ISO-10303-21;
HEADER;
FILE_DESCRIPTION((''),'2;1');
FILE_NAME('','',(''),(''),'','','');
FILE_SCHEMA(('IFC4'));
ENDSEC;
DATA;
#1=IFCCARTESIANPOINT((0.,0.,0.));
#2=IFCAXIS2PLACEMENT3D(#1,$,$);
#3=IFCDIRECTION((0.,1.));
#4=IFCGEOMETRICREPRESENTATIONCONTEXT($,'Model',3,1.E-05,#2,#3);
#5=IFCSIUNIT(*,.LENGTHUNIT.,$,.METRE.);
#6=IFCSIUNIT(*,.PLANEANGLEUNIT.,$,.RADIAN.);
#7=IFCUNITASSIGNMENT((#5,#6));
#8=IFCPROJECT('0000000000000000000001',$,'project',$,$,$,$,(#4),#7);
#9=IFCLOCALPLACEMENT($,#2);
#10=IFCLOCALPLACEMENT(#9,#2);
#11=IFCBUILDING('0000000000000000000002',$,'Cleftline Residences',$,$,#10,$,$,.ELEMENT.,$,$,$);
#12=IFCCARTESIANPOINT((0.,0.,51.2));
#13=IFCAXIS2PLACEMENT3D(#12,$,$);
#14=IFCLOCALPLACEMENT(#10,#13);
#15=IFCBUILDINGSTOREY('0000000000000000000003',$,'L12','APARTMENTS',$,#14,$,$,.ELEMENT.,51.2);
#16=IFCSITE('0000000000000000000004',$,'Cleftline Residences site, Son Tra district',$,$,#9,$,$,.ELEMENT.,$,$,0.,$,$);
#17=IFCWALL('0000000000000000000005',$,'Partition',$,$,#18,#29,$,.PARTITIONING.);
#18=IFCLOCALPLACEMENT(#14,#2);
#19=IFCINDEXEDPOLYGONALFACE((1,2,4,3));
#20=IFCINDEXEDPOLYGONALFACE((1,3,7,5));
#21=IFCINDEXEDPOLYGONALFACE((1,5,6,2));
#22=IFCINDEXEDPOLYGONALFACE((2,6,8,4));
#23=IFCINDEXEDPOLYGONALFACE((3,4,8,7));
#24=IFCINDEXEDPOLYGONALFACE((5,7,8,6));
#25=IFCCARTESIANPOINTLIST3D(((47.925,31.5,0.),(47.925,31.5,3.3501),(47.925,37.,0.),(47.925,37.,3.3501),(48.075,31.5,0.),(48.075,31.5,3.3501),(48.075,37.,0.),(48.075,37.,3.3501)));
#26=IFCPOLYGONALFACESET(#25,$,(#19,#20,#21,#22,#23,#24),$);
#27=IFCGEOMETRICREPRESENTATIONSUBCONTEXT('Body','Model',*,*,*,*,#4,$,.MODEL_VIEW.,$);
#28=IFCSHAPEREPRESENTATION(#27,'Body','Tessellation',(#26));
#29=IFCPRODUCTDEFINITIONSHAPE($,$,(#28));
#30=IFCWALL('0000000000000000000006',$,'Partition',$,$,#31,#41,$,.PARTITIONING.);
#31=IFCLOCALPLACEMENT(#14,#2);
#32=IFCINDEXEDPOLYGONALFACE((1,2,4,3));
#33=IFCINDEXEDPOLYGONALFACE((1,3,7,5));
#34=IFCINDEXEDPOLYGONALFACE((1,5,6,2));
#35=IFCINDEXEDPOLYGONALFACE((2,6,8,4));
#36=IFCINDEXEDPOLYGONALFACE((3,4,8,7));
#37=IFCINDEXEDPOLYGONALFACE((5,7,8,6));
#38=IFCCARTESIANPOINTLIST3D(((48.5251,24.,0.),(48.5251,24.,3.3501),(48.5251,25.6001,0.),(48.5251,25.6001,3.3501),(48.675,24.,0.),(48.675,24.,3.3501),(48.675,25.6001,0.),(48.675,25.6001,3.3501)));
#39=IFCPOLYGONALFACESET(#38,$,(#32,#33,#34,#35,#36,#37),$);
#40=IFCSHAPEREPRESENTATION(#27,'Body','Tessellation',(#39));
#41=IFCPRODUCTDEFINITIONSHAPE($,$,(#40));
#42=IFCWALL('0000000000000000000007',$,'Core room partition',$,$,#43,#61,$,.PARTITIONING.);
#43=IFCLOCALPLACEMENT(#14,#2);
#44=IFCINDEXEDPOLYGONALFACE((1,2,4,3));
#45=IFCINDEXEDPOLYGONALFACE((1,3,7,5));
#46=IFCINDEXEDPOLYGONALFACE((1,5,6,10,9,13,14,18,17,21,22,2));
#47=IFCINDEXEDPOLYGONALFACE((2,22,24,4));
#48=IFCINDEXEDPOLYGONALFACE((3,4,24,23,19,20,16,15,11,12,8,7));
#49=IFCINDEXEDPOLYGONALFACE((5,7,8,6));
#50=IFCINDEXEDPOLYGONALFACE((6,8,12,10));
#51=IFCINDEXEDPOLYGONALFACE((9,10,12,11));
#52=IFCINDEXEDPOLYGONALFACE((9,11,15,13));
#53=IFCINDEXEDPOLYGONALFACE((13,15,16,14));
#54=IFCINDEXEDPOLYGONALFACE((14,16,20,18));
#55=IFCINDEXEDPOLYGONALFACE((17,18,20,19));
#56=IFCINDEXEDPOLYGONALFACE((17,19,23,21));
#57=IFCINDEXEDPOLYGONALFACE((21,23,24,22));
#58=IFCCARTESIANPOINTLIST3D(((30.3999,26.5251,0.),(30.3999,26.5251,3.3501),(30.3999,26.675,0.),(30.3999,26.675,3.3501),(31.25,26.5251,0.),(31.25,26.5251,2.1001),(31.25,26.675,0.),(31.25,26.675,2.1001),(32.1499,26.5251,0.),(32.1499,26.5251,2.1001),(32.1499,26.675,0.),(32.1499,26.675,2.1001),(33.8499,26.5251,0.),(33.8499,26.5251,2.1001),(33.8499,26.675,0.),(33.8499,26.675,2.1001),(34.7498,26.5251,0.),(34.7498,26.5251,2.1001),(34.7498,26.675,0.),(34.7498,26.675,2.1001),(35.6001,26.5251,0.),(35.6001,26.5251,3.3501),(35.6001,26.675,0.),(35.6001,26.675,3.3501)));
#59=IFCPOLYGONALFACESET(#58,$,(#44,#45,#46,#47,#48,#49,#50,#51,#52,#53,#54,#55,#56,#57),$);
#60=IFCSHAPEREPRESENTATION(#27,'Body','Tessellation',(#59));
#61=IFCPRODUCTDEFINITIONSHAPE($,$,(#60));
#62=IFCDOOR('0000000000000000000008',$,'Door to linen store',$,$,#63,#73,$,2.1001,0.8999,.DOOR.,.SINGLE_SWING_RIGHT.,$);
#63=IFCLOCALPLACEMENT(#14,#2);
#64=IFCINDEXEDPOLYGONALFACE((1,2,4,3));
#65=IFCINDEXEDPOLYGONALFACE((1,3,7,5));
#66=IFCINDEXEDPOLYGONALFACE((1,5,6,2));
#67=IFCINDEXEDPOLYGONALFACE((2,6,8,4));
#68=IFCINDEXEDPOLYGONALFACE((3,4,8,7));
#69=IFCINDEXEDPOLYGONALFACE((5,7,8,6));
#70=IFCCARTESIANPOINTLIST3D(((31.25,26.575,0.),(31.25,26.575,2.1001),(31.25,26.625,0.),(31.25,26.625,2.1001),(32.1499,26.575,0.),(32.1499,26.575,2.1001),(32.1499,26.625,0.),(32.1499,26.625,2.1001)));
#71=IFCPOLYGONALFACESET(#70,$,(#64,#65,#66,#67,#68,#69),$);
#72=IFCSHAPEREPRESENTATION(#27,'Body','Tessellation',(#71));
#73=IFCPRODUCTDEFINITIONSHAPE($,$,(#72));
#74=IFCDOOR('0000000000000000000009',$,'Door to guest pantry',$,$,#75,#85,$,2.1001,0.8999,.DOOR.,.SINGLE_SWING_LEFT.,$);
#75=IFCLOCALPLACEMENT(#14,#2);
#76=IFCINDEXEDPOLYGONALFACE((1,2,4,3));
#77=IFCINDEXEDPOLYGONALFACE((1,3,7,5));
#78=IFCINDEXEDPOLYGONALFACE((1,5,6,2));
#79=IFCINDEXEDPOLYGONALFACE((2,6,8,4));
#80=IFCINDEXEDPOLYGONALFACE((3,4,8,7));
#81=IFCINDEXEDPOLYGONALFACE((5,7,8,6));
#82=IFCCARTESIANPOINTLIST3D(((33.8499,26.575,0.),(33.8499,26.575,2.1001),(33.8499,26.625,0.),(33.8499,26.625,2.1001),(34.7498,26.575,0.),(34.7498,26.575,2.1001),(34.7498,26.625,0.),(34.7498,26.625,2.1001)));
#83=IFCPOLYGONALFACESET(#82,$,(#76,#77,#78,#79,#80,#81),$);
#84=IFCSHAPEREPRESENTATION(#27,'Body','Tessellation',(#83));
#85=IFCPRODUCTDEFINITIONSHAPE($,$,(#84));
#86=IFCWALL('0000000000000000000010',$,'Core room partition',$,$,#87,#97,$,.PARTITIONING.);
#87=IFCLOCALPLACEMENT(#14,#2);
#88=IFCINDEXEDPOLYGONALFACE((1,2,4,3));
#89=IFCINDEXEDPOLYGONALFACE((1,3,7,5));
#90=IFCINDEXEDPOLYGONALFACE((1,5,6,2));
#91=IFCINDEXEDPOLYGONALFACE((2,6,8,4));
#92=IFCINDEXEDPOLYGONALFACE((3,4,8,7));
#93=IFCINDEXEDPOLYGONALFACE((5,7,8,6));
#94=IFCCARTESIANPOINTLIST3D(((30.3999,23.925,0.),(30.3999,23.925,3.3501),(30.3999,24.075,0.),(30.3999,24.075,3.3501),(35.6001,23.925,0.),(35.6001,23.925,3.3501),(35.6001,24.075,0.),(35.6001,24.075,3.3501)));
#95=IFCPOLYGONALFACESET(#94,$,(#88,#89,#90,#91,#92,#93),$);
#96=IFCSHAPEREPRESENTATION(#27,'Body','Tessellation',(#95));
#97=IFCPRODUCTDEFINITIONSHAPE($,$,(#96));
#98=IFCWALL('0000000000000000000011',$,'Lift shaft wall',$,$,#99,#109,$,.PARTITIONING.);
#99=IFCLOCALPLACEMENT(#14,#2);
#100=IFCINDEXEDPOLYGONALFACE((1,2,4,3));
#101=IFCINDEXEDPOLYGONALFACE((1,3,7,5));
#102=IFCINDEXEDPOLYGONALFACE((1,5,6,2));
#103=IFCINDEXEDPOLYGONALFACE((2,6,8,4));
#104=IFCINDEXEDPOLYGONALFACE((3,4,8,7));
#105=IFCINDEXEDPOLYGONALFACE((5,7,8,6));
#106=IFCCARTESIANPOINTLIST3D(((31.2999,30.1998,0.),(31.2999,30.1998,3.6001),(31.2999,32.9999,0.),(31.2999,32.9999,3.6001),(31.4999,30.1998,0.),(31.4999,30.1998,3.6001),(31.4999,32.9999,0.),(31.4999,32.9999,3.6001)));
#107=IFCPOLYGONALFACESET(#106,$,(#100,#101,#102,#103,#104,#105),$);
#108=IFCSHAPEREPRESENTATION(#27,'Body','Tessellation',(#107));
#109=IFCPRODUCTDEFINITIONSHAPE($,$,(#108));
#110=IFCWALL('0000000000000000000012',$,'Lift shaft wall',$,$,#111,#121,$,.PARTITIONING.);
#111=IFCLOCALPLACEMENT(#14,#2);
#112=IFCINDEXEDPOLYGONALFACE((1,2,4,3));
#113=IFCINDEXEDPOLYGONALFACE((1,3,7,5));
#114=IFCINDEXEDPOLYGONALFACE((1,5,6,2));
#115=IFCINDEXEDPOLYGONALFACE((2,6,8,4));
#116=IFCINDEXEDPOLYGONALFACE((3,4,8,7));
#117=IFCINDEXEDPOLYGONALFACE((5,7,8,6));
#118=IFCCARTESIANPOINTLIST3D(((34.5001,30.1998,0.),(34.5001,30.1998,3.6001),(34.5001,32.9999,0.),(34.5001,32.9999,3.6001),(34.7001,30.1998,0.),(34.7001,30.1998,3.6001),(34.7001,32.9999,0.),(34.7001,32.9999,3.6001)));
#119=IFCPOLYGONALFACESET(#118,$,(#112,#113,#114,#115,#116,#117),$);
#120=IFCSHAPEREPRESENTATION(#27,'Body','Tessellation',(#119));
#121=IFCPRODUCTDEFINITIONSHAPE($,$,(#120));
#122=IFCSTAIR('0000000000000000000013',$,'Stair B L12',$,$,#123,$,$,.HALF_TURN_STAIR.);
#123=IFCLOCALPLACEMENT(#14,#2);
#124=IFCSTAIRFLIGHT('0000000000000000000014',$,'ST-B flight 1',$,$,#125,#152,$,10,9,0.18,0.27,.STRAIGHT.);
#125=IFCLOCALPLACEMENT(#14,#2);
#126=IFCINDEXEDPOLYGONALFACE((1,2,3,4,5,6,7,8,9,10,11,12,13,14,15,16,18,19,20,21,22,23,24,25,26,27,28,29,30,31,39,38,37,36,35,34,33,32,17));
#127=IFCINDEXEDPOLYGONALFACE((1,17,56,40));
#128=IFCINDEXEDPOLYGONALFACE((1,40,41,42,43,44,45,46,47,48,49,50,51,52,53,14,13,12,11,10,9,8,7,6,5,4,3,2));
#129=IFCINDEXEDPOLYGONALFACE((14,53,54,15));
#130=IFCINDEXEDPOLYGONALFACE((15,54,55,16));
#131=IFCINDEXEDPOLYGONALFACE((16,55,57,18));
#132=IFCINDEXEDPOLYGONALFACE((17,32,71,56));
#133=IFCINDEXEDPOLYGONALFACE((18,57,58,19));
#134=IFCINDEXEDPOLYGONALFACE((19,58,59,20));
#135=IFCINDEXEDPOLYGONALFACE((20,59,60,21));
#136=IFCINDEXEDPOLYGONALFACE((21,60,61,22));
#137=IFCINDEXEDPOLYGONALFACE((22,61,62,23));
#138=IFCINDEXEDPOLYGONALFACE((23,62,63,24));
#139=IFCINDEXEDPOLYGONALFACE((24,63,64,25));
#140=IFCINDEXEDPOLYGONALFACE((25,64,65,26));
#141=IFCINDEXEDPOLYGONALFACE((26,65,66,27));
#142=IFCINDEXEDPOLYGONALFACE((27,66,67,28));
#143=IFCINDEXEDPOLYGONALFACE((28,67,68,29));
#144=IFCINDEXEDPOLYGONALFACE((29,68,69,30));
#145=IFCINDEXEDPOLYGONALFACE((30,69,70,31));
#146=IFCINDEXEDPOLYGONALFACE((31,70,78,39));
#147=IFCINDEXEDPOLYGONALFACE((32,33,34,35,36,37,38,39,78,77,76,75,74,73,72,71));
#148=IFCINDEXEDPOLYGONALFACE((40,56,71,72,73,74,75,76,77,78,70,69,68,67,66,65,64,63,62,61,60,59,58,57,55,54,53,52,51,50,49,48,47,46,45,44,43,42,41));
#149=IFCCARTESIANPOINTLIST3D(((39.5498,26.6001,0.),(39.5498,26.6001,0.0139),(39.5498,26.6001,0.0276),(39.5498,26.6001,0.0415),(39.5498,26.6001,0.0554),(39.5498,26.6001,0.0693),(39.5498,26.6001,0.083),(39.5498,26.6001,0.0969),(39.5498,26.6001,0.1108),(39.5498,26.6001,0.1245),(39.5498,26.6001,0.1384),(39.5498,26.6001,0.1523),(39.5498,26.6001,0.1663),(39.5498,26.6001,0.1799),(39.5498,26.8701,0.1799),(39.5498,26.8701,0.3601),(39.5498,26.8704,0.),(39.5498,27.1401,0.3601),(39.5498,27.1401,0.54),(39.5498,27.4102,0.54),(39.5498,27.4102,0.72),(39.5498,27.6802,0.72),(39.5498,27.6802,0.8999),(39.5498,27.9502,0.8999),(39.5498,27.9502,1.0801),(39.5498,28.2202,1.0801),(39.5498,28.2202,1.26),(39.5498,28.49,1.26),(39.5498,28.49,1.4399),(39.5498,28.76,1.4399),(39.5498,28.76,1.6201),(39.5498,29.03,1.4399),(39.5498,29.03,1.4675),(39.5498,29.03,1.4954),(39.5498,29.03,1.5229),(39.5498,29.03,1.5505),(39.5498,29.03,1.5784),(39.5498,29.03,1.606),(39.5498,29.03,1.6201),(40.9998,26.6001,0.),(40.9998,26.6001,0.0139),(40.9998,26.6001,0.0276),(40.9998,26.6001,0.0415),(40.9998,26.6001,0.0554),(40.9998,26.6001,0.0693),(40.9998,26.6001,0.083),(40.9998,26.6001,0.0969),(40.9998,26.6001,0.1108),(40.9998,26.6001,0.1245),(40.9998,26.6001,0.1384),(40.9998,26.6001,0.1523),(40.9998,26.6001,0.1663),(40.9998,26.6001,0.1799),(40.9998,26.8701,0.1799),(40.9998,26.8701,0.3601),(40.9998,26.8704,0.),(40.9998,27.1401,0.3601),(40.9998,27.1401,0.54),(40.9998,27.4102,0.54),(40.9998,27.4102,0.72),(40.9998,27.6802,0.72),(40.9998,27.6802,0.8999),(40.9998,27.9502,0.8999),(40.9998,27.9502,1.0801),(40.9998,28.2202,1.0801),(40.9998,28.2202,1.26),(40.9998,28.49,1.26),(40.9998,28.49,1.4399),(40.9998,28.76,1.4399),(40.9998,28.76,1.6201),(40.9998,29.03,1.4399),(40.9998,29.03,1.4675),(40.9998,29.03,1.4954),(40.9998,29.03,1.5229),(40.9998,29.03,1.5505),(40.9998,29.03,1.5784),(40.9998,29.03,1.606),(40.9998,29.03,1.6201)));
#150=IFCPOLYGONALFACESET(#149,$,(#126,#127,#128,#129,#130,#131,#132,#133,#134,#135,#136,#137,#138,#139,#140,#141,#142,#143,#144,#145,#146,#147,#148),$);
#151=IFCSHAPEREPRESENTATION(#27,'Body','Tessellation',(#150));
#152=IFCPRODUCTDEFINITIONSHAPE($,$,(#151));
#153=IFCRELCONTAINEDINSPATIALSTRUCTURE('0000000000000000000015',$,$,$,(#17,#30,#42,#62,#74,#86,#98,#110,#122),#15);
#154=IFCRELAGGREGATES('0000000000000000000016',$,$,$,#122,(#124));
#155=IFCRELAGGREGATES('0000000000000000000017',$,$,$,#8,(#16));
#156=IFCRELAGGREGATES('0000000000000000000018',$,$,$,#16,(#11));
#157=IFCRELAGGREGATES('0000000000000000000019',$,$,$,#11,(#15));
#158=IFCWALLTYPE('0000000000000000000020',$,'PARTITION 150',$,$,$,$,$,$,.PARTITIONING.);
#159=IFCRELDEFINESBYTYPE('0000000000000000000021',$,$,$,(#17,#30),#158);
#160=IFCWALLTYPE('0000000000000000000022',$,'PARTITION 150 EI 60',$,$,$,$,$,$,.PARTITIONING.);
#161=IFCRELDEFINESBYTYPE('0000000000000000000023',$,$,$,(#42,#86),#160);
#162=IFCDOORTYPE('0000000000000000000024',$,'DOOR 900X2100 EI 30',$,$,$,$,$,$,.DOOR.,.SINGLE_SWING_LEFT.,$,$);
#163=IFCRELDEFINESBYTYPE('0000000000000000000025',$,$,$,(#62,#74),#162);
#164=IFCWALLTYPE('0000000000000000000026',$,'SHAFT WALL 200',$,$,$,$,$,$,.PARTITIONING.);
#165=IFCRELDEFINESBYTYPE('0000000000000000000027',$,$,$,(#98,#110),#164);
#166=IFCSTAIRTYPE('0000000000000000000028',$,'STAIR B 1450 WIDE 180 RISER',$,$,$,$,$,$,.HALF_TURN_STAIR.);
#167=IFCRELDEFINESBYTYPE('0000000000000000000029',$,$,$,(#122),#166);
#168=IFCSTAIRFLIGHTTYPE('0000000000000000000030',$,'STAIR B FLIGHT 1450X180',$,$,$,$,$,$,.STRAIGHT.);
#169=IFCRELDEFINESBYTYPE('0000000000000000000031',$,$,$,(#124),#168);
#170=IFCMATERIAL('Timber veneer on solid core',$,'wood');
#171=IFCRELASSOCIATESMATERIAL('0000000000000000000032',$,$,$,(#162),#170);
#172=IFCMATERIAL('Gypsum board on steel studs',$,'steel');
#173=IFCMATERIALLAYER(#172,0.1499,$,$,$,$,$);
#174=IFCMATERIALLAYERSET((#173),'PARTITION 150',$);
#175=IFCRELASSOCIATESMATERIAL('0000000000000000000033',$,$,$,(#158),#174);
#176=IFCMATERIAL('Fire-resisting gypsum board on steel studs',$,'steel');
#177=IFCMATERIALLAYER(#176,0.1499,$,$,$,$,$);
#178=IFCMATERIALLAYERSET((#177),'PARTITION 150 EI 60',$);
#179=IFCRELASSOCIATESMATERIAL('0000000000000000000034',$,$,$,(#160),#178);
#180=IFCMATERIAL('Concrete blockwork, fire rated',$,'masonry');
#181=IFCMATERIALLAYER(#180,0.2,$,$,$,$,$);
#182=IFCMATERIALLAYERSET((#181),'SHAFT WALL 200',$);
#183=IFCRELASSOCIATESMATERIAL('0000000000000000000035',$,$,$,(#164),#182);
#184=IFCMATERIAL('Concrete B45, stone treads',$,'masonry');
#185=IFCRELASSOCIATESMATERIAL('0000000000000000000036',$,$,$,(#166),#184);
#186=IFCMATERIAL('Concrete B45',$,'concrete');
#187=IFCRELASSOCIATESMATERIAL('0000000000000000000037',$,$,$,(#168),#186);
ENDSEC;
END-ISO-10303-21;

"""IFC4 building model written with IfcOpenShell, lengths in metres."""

from ifc_helpers import new_model, si_unit, direction, frame, frame_2d, origin, place, context, subcontext, project, spatial, polyline, rectangle, outline, extrude, material, layer, layer_set, type_object, element, fill, aggregate, save


model = new_model("IFC4")

# Units and contexts
model_context = context("Model", 3, precision=1e-05, world=origin(), true_north=direction((0.0, 1.0)))
body_context = subcontext(model_context, "Body", "Model", "MODEL_VIEW")
ifc_project = project(units=[si_unit("LENGTHUNIT", "METRE"), si_unit("PLANEANGLEUNIT", "RADIAN")], contexts=[model_context])

# Site, building, storey
site_placement = place(None, origin())
site = spatial("IfcSite", under=ifc_project, at=site_placement, Name="Cleftline Residences site, Son Tra district", CompositionType="ELEMENT", RefElevation=0.0)
building_placement = place(site_placement, origin())
building = spatial("IfcBuilding", under=site, at=building_placement, Name="Cleftline Residences", CompositionType="ELEMENT")
storey_placement = place(building_placement, frame((0.0, 0.0, 51.2)))
storey = spatial("IfcBuildingStorey", under=building, at=storey_placement, Name="L12", Description="APARTMENTS", CompositionType="ELEMENT", Elevation=51.2)

# Shared definitions
ifc_material_1 = material(Name="Timber veneer on solid core", Category="wood")
door_type_1 = type_object("IfcDoorType", Name="DOOR 900X2100 EI 30", OperationType="SINGLE_SWING_LEFT", PredefinedType="DOOR", material=ifc_material_1)

# Shared definitions
ifc_material_2 = material(Name="Gypsum board on steel studs", Category="steel")
ifc_layer_1 = layer(ifc_material_2, 0.1499)
ifc_layer_set_1 = layer_set([ifc_layer_1], Name="PARTITION 150")
wall_type_1 = type_object("IfcWallType", Name="PARTITION 150", PredefinedType="PARTITIONING", material=ifc_layer_set_1)

# Walls
wall_1_placement = place(storey_placement, frame((48.0, 31.5, 0.0), z_axis=(0.0, 0.0, 1.0), x_axis=(0.0, 1.0, 0.0)))
element("IfcWall", 1, at=wall_1_placement, inside=storey, type_object=wall_type_1, Name="Partition", PredefinedType="PARTITIONING", context=body_context, shape_type="SweptSolid", body=[
    extrude(rectangle(XDim=5.5, YDim=0.1499, at=frame_2d((2.75, 0.0))), origin(), (0.0, 0.0, 1.0), 3.3501),
])
wall_2_placement = place(storey_placement, frame((48.6001, 24.0, 0.0), z_axis=(0.0, 0.0, 1.0), x_axis=(0.0, 1.0, 0.0)))
element("IfcWall", 2, at=wall_2_placement, inside=storey, type_object=wall_type_1, Name="Partition", PredefinedType="PARTITIONING", context=body_context, shape_type="SweptSolid", body=[
    extrude(rectangle(XDim=1.6001, YDim=0.1499, at=frame_2d((0.8, 0.0))), origin(), (0.0, 0.0, 1.0), 3.3501),
])

# Wall, openings, doors
ifc_material_3 = material(Name="Fire-resisting gypsum board on steel studs", Category="steel")
ifc_layer_2 = layer(ifc_material_3, 0.1499)
ifc_layer_set_2 = layer_set([ifc_layer_2], Name="PARTITION 150 EI 60")
wall_type_2 = type_object("IfcWallType", Name="PARTITION 150 EI 60", PredefinedType="PARTITIONING", material=ifc_layer_set_2)
wall_3_placement = place(storey_placement, frame((30.3999, 26.6001, 0.0), z_axis=(0.0, 0.0, 1.0), x_axis=(1.0, 0.0, 0.0)))
wall_3 = element("IfcWall", 3, at=wall_3_placement, inside=storey, type_object=wall_type_2, Name="Core room partition", PredefinedType="PARTITIONING", context=body_context, shape_type="SweptSolid", body=[
    extrude(rectangle(XDim=5.2002, YDim=0.1499, at=frame_2d((2.6001, 0.0))), origin(), (0.0, 0.0, 1.0), 3.3501),
])
opening_1_placement = place(wall_3_placement, frame((0.8501, 0.0, 0.0)))
opening_1 = element("IfcOpeningElement", 4, at=opening_1_placement, cuts=wall_3, PredefinedType="OPENING", context=body_context, shape_type="SweptSolid", body=[
    extrude(rectangle(XDim=0.8999, YDim=2.1001, at=frame_2d((0.45, 1.05))), frame((0.0, 0.085, 0.0), z_axis=(0.0, -1.0, 0.0), x_axis=(1.0, 0.0, 0.0)), (0.0, 0.0, 1.0), 0.1699),
])
opening_2_placement = place(wall_3_placement, frame((3.45, 0.0, 0.0)))
opening_2 = element("IfcOpeningElement", 5, at=opening_2_placement, cuts=wall_3, PredefinedType="OPENING", context=body_context, shape_type="SweptSolid", body=[
    extrude(rectangle(XDim=0.8999, YDim=2.1001, at=frame_2d((0.45, 1.05))), frame((0.0, 0.085, 0.0), z_axis=(0.0, -1.0, 0.0), x_axis=(1.0, 0.0, 0.0)), (0.0, 0.0, 1.0), 0.1699),
])
door_1_placement = place(opening_1_placement, origin())
door_1 = element("IfcDoor", 6, at=door_1_placement, inside=storey, type_object=door_type_1, Name="Door to linen store", OperationType="SINGLE_SWING_RIGHT", OverallHeight=2.1001, OverallWidth=0.8999, PredefinedType="DOOR", context=body_context, shape_type="SweptSolid", body=[
    extrude(rectangle(XDim=0.8999, YDim=2.1001, at=frame_2d((0.45, 1.05))), frame((0.0, 0.0249, 0.0), z_axis=(0.0, -1.0, 0.0), x_axis=(1.0, 0.0, 0.0)), (0.0, 0.0, 1.0), 0.05),
])
fill(opening_1, door_1)
door_2_placement = place(opening_2_placement, origin())
door_2 = element("IfcDoor", 7, at=door_2_placement, inside=storey, type_object=door_type_1, Name="Door to guest pantry", OperationType="SINGLE_SWING_LEFT", OverallHeight=2.1001, OverallWidth=0.8999, PredefinedType="DOOR", context=body_context, shape_type="SweptSolid", body=[
    extrude(rectangle(XDim=0.8999, YDim=2.1001, at=frame_2d((0.45, 1.05))), frame((0.0, 0.0249, 0.0), z_axis=(0.0, -1.0, 0.0), x_axis=(1.0, 0.0, 0.0)), (0.0, 0.0, 1.0), 0.05),
])
fill(opening_2, door_2)

# Walls
wall_4_placement = place(storey_placement, frame((30.3999, 24.0, 0.0), z_axis=(0.0, 0.0, 1.0), x_axis=(1.0, 0.0, 0.0)))
element("IfcWall", 8, at=wall_4_placement, inside=storey, type_object=wall_type_2, Name="Core room partition", PredefinedType="PARTITIONING", context=body_context, shape_type="SweptSolid", body=[
    extrude(rectangle(XDim=5.2002, YDim=0.1499, at=frame_2d((2.6001, 0.0))), origin(), (0.0, 0.0, 1.0), 3.3501),
])
ifc_material_4 = material(Name="Concrete blockwork, fire rated", Category="masonry")
ifc_layer_3 = layer(ifc_material_4, 0.2)
ifc_layer_set_3 = layer_set([ifc_layer_3], Name="SHAFT WALL 200")
wall_type_3 = type_object("IfcWallType", Name="SHAFT WALL 200", PredefinedType="PARTITIONING", material=ifc_layer_set_3)
for number, where, z_axis, x_axis, name in (
    (9, (31.3999, 30.2, 0.0), (0.0, 0.0, 1.0), (0.0, 1.0, 0.0), "Lift shaft wall"),
    (10, (34.6001, 30.2, 0.0), (0.0, 0.0, 1.0), (0.0, 1.0, 0.0), "Lift shaft wall"),
):
    element("IfcWall", number, at=place(storey_placement, frame(where, z_axis=z_axis, x_axis=x_axis)), inside=storey, type_object=wall_type_3, Name=name, PredefinedType="PARTITIONING", context=body_context, shape_type="SweptSolid", body=[
        extrude(rectangle(XDim=2.8, YDim=0.2, at=frame_2d((1.3999, 0.0))), origin(), (0.0, 0.0, 1.0), 3.6001),
    ])

# Stair, stair flight
ifc_material_5 = material(Name="Concrete B45, stone treads", Category="masonry")
stair_type = type_object("IfcStairType", Name="STAIR B 1450 WIDE 180 RISER", PredefinedType="HALF_TURN_STAIR", material=ifc_material_5)
stair_placement = place(storey_placement, origin())
stair = element("IfcStair", 11, at=stair_placement, inside=storey, type_object=stair_type, Name="Stair B L12", PredefinedType="HALF_TURN_STAIR")
ifc_material_6 = material(Name="Concrete B45", Category="concrete")
stair_flight_type = type_object("IfcStairFlightType", Name="STAIR B FLIGHT 1450X180", PredefinedType="STRAIGHT", material=ifc_material_6)
stair_flight_1_placement = place(storey_placement, frame((40.2749, 26.6001, 0.0), z_axis=(0.0, 0.0, 1.0), x_axis=(0.0, 1.0, 0.0)))
stair_flight_1 = element("IfcStairFlight", 12, at=stair_flight_1_placement, type_object=stair_flight_type, Name="ST-B flight 1", NumberOfRisers=10, NumberOfTreads=9, PredefinedType="STRAIGHT", RiserHeight=0.18, TreadLength=0.27, context=body_context, shape_type="SweptSolid", body=[
    extrude(outline(polyline([(0.0, 0.0), (0.0, 0.0139), (0.0, 0.0276), (0.0, 0.0415), (0.0, 0.0554), (0.0, 0.0693), (0.0, 0.083), (0.0, 0.0969), (0.0, 0.1108), (0.0, 0.1245), (0.0, 0.1384), (0.0, 0.1523), (0.0, 0.1663), (0.0, 0.1799), (0.27, 0.1799), (0.27, 0.3601), (0.54, 0.3601), (0.54, 0.54), (0.8101, 0.54), (0.8101, 0.72), (1.0801, 0.72), (1.0801, 0.8999), (1.3501, 0.8999), (1.3501, 1.0801), (1.6201, 1.0801), (1.6201, 1.26), (1.8899, 1.26), (1.8899, 1.4399), (2.1599, 1.4399), (2.1599, 1.6201), (2.4299, 1.6201), (2.4299, 1.8), (2.4299, 1.7722), (2.4299, 1.7446), (2.4299, 1.7168), (2.4299, 1.6892), (2.4299, 1.6614), (2.4299, 1.6338), (2.4299, 1.606), (2.4299, 1.5784), (2.4299, 1.5505), (2.4299, 1.5229), (2.4299, 1.4954), (2.4299, 1.4675), (2.4299, 1.4399), (0.2703, 0.0), (0.0, 0.0)])), frame((0.0, 0.7251, 0.0), z_axis=(0.0, -1.0, 0.0), x_axis=(1.0, 0.0, 0.0)), (0.0, 0.0, 1.0), 1.45),
])
aggregate(stair, [stair_flight_1])

save(model, "model.ifc")
